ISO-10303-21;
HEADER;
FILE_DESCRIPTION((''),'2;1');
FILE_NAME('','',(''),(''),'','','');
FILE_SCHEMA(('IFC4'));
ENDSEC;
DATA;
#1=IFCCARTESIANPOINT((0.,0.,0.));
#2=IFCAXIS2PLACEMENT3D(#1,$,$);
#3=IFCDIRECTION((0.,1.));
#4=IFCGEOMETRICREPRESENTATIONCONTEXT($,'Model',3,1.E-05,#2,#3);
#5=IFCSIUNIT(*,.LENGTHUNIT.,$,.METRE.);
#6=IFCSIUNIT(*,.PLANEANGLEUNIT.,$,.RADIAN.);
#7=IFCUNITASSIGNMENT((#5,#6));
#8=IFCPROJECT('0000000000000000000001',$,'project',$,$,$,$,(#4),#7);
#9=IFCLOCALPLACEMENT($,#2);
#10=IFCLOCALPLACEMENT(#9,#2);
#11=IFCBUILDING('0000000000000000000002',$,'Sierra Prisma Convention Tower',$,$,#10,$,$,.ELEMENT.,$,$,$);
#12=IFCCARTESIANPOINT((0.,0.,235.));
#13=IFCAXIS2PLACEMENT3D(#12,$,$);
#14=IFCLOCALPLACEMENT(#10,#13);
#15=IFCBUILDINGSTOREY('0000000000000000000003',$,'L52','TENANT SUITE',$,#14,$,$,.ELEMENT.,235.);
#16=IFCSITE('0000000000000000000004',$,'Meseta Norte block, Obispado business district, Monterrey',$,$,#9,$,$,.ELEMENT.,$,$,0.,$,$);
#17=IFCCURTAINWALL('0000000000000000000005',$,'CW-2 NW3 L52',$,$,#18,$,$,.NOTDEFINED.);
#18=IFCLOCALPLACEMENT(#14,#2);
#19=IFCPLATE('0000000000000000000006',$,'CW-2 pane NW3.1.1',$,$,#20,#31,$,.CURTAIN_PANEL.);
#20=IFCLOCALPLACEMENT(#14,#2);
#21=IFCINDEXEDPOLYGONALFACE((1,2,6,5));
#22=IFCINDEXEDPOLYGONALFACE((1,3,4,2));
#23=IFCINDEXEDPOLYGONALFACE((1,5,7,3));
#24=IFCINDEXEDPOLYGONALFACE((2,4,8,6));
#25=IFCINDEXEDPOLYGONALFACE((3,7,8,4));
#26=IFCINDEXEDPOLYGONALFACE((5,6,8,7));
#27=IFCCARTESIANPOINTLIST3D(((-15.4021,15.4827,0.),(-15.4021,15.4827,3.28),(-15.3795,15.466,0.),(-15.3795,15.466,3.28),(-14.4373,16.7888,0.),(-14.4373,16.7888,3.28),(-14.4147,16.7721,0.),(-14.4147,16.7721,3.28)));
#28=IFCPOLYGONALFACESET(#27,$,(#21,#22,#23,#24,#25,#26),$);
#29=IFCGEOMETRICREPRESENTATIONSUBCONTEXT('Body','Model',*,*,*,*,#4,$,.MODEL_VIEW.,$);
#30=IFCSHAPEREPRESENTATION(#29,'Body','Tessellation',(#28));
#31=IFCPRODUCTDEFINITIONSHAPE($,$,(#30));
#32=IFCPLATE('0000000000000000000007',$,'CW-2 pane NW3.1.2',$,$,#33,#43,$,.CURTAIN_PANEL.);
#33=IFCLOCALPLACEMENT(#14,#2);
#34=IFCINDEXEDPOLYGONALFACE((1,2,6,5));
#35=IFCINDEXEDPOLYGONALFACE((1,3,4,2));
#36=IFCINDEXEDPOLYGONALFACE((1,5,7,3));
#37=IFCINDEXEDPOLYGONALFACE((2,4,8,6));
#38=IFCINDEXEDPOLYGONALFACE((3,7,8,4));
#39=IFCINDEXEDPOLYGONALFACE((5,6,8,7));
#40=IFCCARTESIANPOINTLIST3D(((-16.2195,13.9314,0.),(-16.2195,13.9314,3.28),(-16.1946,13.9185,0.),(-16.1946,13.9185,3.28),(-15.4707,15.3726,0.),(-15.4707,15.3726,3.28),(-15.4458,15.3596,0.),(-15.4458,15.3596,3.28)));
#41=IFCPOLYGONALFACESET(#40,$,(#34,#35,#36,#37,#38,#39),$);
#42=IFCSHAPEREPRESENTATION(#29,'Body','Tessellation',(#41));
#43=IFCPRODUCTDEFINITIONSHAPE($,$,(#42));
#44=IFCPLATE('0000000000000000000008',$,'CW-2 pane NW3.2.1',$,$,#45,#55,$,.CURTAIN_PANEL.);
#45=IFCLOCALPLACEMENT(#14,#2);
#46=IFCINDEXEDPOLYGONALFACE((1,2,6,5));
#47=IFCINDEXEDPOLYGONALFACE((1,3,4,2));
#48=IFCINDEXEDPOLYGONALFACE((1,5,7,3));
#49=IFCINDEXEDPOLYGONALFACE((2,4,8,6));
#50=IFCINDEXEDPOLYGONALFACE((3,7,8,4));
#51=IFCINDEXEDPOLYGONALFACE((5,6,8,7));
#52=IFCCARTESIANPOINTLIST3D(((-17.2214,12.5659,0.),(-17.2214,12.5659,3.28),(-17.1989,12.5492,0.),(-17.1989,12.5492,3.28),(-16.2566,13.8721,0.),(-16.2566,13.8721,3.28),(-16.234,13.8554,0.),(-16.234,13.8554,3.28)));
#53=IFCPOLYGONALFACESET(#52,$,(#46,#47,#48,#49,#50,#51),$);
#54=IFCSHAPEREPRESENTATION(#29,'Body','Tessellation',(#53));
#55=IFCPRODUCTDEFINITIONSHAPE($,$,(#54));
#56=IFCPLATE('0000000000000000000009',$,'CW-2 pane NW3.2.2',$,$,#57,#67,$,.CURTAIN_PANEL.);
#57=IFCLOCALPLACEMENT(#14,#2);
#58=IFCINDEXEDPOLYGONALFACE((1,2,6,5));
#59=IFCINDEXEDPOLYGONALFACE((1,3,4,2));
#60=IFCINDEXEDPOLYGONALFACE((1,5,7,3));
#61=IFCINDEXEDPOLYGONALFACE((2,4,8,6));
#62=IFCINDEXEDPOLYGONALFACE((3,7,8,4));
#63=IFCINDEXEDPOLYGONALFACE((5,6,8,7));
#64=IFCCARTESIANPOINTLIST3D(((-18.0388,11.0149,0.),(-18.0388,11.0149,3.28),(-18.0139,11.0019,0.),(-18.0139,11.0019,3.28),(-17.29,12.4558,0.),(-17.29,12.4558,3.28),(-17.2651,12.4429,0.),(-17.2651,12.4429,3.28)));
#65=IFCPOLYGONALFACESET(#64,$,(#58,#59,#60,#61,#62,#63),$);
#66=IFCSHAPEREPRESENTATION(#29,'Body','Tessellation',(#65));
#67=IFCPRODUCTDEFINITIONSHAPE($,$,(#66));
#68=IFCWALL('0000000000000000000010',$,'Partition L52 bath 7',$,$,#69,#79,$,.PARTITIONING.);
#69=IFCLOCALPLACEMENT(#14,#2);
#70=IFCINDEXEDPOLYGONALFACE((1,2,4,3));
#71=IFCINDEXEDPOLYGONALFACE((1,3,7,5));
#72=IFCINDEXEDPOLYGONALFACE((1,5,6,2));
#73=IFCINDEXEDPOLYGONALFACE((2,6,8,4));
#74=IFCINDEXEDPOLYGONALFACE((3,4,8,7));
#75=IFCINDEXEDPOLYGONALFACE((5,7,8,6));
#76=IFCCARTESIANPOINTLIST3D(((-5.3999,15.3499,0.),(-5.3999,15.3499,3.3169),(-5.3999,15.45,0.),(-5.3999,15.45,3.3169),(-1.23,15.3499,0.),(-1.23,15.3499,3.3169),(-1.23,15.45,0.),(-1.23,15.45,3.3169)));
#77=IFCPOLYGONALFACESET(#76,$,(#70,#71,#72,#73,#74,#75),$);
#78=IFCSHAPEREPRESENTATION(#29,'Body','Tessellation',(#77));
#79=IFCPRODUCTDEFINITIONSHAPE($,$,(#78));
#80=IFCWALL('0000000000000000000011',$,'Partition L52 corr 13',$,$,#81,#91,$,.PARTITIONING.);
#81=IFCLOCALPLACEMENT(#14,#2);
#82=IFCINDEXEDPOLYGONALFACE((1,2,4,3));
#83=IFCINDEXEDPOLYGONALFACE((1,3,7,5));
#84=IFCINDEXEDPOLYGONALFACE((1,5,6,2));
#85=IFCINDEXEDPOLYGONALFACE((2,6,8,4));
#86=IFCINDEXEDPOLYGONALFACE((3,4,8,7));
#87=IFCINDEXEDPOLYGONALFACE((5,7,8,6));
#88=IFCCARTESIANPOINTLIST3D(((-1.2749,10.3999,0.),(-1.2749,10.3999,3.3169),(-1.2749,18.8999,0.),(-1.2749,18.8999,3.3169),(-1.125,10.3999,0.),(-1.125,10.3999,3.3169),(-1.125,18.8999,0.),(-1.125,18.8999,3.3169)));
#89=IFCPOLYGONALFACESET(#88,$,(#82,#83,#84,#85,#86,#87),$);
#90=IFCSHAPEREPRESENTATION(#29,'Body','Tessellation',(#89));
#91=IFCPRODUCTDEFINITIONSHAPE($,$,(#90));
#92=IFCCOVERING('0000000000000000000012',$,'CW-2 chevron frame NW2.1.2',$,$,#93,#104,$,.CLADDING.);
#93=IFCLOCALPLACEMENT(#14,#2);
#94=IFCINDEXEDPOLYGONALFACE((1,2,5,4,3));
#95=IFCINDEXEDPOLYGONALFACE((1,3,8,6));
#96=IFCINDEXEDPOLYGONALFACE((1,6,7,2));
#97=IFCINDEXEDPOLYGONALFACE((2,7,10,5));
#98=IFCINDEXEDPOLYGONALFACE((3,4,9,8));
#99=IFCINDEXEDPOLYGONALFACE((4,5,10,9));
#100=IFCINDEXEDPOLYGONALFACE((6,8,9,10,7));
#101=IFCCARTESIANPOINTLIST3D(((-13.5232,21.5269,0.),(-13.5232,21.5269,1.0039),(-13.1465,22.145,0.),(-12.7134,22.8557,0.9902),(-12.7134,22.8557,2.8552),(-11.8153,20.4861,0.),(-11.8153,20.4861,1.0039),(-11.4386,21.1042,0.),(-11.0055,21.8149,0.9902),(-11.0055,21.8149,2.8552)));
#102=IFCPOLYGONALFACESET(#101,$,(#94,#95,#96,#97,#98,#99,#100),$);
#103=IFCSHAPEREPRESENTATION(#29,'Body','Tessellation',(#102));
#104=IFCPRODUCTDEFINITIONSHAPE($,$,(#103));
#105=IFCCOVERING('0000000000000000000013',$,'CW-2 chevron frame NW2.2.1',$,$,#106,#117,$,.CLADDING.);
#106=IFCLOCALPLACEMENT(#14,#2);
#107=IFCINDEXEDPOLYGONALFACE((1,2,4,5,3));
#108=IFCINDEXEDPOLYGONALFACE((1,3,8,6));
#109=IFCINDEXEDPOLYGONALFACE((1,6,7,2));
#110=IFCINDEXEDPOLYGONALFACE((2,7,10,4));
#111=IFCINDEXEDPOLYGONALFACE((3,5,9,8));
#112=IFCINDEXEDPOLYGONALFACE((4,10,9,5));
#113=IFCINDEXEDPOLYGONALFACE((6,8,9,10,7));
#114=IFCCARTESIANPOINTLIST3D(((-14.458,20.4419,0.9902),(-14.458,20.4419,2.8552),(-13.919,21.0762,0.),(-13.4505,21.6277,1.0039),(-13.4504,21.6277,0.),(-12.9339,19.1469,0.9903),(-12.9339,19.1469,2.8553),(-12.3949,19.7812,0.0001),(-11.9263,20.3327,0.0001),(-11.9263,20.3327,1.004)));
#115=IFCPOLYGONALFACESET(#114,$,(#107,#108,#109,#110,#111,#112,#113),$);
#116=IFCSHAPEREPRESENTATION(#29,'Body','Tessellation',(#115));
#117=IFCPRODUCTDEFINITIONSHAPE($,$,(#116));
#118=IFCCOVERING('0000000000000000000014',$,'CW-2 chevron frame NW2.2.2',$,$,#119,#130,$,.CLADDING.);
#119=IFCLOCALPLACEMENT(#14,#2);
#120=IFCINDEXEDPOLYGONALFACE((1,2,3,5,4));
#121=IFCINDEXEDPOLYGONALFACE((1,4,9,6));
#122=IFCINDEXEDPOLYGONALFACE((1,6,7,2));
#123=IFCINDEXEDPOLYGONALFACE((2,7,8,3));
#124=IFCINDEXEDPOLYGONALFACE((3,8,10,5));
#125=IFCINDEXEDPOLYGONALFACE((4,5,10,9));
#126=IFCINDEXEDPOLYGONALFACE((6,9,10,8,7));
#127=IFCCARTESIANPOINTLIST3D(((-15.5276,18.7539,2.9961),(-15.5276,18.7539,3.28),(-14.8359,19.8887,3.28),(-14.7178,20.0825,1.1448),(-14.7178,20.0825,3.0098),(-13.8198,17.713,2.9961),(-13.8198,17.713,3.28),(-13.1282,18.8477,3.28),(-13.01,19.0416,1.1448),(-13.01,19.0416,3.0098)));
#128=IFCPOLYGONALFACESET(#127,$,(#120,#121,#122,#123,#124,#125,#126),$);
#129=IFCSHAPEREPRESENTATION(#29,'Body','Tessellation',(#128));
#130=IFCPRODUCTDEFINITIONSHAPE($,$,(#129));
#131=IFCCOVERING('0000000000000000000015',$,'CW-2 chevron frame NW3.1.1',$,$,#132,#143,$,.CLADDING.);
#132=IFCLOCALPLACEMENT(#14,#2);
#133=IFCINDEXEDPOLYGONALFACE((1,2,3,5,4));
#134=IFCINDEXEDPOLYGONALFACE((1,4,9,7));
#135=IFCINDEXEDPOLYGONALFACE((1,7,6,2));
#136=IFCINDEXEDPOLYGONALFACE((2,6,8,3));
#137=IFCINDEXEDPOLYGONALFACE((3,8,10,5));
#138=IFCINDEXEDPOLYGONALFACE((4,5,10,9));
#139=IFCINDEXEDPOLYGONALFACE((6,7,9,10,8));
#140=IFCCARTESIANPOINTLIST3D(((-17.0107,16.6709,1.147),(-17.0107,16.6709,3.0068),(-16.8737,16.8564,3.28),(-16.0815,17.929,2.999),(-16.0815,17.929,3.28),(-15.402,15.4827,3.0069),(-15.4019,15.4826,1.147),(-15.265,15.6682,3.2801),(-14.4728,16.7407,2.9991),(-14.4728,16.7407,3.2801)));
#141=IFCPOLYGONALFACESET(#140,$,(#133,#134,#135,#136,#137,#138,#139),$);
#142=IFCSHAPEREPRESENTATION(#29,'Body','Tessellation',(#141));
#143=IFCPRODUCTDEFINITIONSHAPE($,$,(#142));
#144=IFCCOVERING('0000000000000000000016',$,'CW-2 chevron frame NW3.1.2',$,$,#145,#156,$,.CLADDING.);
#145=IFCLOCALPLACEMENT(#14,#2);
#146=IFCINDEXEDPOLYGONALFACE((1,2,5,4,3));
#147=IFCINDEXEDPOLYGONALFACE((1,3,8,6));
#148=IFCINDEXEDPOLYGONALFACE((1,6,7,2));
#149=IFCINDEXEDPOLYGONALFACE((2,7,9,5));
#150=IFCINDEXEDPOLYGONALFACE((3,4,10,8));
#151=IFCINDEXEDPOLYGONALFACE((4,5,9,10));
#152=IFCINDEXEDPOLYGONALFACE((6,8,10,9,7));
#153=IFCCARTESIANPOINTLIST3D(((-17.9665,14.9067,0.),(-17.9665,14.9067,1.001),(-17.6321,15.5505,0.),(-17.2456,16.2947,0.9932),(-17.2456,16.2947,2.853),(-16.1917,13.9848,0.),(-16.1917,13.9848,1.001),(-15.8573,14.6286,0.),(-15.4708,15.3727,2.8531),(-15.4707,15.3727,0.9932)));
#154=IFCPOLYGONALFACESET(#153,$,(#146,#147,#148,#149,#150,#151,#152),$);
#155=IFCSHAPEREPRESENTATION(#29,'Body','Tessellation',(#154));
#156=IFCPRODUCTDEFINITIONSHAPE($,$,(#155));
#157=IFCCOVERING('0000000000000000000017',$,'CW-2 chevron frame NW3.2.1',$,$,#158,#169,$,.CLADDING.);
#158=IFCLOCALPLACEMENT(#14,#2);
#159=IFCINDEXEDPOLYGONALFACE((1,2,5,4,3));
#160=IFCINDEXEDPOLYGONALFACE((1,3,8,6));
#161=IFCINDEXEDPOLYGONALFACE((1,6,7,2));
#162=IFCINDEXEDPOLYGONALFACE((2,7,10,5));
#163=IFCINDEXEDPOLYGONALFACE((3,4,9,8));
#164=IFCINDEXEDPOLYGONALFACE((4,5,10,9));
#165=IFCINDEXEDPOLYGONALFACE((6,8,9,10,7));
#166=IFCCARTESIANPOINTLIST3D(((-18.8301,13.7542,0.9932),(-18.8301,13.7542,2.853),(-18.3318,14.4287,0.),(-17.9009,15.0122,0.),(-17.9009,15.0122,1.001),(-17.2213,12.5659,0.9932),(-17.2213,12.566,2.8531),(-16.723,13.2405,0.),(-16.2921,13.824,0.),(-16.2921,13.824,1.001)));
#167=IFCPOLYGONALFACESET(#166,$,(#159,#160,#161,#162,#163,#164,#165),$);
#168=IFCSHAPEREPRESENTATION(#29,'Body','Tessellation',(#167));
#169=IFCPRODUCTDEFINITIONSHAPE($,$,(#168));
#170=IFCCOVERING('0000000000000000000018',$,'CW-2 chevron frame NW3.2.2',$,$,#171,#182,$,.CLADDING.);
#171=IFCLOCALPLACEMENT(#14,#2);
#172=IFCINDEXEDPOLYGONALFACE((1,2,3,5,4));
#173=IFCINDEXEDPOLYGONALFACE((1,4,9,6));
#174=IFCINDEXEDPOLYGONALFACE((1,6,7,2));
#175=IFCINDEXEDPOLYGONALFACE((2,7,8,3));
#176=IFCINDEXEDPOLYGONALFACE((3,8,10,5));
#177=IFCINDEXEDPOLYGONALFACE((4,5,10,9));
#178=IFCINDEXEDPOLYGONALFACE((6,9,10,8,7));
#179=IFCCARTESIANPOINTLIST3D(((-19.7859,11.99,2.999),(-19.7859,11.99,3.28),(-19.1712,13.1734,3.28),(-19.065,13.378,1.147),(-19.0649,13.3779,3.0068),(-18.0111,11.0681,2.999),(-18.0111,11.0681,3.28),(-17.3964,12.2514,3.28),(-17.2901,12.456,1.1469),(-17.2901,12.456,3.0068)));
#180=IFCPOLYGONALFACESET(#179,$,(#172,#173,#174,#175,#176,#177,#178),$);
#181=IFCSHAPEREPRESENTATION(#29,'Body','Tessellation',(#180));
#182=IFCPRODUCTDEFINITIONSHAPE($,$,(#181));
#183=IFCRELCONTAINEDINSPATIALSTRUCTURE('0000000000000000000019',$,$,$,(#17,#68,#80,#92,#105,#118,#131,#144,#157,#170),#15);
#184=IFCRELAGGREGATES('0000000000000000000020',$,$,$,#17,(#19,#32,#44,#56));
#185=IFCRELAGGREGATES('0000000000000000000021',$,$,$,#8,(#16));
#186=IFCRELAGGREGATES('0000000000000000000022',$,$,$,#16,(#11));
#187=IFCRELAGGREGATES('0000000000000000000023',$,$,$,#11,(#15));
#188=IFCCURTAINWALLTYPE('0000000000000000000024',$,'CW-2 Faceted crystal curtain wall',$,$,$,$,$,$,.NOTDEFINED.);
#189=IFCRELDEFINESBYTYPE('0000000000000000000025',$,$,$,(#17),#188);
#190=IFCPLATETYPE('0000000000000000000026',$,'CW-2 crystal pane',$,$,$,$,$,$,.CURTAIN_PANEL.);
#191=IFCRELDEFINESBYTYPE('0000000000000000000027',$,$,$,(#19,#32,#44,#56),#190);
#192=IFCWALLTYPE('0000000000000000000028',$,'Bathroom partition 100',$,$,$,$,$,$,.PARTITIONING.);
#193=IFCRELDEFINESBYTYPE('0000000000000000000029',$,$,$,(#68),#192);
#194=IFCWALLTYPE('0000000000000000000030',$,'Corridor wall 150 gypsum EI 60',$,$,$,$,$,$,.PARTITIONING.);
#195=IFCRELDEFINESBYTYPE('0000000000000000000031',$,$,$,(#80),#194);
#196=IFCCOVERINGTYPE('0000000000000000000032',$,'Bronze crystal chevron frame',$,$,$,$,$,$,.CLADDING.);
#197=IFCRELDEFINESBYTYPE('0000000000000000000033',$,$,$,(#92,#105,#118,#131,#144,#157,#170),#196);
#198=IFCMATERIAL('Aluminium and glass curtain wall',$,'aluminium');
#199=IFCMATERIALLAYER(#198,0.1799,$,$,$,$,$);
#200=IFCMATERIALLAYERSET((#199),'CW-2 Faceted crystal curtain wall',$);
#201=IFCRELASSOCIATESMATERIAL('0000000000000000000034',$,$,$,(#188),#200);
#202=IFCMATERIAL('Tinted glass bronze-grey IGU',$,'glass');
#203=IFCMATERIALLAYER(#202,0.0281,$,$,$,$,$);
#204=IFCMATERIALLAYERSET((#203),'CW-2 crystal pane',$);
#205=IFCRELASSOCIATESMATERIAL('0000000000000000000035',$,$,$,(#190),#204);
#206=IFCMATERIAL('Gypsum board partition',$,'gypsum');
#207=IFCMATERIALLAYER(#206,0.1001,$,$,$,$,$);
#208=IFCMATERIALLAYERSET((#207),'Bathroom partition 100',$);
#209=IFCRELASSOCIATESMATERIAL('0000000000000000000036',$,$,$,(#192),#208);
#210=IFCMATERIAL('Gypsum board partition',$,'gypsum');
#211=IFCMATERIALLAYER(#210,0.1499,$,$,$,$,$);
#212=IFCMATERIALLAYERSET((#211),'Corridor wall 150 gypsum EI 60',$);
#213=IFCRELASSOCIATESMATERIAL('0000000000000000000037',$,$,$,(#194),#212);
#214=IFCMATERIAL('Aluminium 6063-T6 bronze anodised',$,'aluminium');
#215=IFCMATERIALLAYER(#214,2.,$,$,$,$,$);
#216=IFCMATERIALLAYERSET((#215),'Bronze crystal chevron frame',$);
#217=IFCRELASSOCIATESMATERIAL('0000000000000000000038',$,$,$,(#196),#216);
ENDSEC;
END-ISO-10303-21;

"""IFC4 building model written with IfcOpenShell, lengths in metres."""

from ifc_helpers import new_model, si_unit, direction, frame, frame_2d, origin, place, context, subcontext, project, spatial, polyline, rectangle, outline, extrude, material, layer, layer_set, type_object, element, aggregate, save


model = new_model("IFC4")

# Units and contexts
model_context = context("Model", 3, precision=1e-05, world=origin(), true_north=direction((0.0, 1.0)))
body_context = subcontext(model_context, "Body", "Model", "MODEL_VIEW")
ifc_project = project(units=[si_unit("LENGTHUNIT", "METRE"), si_unit("PLANEANGLEUNIT", "RADIAN")], contexts=[model_context])

# Site, building, storey
site_placement = place(None, origin())
site = spatial("IfcSite", under=ifc_project, at=site_placement, Name="Meseta Norte block, Obispado business district, Monterrey", CompositionType="ELEMENT", RefElevation=0.0)
building_placement = place(site_placement, origin())
building = spatial("IfcBuilding", under=site, at=building_placement, Name="Sierra Prisma Convention Tower", CompositionType="ELEMENT")
storey_placement = place(building_placement, frame((0.0, 0.0, 235.0)))
storey = spatial("IfcBuildingStorey", under=building, at=storey_placement, Name="L52", Description="TENANT SUITE", CompositionType="ELEMENT", Elevation=235.0)

# Curtain wall
ifc_material_1 = material(Name="Aluminium and glass curtain wall", Category="aluminium")
ifc_layer_1 = layer(ifc_material_1, 0.1799)
ifc_layer_set_1 = layer_set([ifc_layer_1], Name="CW-2 Faceted crystal curtain wall")
curtain_wall_type = type_object("IfcCurtainWallType", Name="CW-2 Faceted crystal curtain wall", PredefinedType="NOTDEFINED", material=ifc_layer_set_1)
curtain_wall_1_placement = place(storey_placement, origin())
curtain_wall_1 = element("IfcCurtainWall", 1, at=curtain_wall_1_placement, inside=storey, type_object=curtain_wall_type, Name="CW-2 NW3 L52", PredefinedType="NOTDEFINED")

# Plates
ifc_material_2 = material(Name="Tinted glass bronze-grey IGU", Category="glass")
ifc_layer_2 = layer(ifc_material_2, 0.0281)
ifc_layer_set_2 = layer_set([ifc_layer_2], Name="CW-2 crystal pane")
plate_type = type_object("IfcPlateType", Name="CW-2 crystal pane", PredefinedType="CURTAIN_PANEL", material=ifc_layer_set_2)
plate_1_placement = place(storey_placement, frame((-14.4373, 16.7888, 0.0), z_axis=(-0.804345, 0.594163, 0.0), x_axis=(-0.594163, -0.804345, 0.0)))
plate_1 = element("IfcPlate", 2, at=plate_1_placement, type_object=plate_type, Name="CW-2 pane NW3.1.1", PredefinedType="CURTAIN_PANEL", context=body_context, shape_type="SweptSolid", body=[
    extrude(outline(polyline([(0.0, 0.0), (1.6239, 0.0), (1.6239, 3.28), (0.0, 3.28), (0.0, 0.0)])), origin(), (0.0, 0.0, -1.0), 0.0281),
])
plate_2_placement = place(storey_placement, frame((-16.2195, 13.9314, 0.0), z_axis=(-0.887374, 0.46105, 0.0), x_axis=(0.46105, 0.887374, 0.0)))
plate_2 = element("IfcPlate", 3, at=plate_2_placement, type_object=plate_type, Name="CW-2 pane NW3.1.2", PredefinedType="CURTAIN_PANEL", context=body_context, shape_type="SweptSolid", body=[
    extrude(outline(polyline([(0.0, 0.0), (1.6241, 0.0), (1.6241, -3.28), (0.0, -3.28), (0.0, 0.0)])), origin(), (0.0, 0.0, -1.0), 0.0281),
])
plate_3_placement = place(storey_placement, frame((-16.2566, 13.8721, 0.0), z_axis=(-0.804345, 0.594163, 0.0), x_axis=(-0.594163, -0.804345, 0.0)))
plate_3 = element("IfcPlate", 4, at=plate_3_placement, type_object=plate_type, Name="CW-2 pane NW3.2.1", PredefinedType="CURTAIN_PANEL", context=body_context, shape_type="SweptSolid", body=[
    extrude(outline(polyline([(0.0, 0.0), (1.6239, 0.0), (1.6239, 3.28), (0.0, 3.28), (0.0, 0.0)])), origin(), (0.0, 0.0, -1.0), 0.0281),
])
plate_4_placement = place(storey_placement, frame((-18.0388, 11.0149, 0.0), z_axis=(-0.887342, 0.461111, 0.0), x_axis=(0.461111, 0.887342, 0.0)))
plate_4 = element("IfcPlate", 5, at=plate_4_placement, type_object=plate_type, Name="CW-2 pane NW3.2.2", PredefinedType="CURTAIN_PANEL", context=body_context, shape_type="SweptSolid", body=[
    extrude(outline(polyline([(0.0, 0.0), (1.6239, 0.0), (1.6239, -3.28), (0.0, -3.28), (0.0, 0.0)])), origin(), (0.0, 0.0, -1.0), 0.0281),
])
aggregate(curtain_wall_1, [plate_1, plate_2, plate_3, plate_4])

# Walls
ifc_material_3 = material(Name="Gypsum board partition", Category="gypsum")
ifc_layer_3 = layer(ifc_material_3, 0.1001)
ifc_layer_set_3 = layer_set([ifc_layer_3], Name="Bathroom partition 100")
wall_type_1 = type_object("IfcWallType", Name="Bathroom partition 100", PredefinedType="PARTITIONING", material=ifc_layer_set_3)
wall_1_placement = place(storey_placement, frame((-5.3999, 15.3999, 0.0), z_axis=(0.0, 0.0, 1.0), x_axis=(1.0, 0.0, 0.0)))
element("IfcWall", 6, at=wall_1_placement, inside=storey, type_object=wall_type_1, Name="Partition L52 bath 7", PredefinedType="PARTITIONING", context=body_context, shape_type="SweptSolid", body=[
    extrude(rectangle(XDim=4.1699, YDim=0.1001, at=frame_2d((2.085, 0.0))), origin(), (0.0, 0.0, 1.0), 3.3169),
])
ifc_material_4 = material(Name="Gypsum board partition", Category="gypsum")
ifc_layer_4 = layer(ifc_material_4, 0.1499)
ifc_layer_set_4 = layer_set([ifc_layer_4], Name="Corridor wall 150 gypsum EI 60")
wall_type_2 = type_object("IfcWallType", Name="Corridor wall 150 gypsum EI 60", PredefinedType="PARTITIONING", material=ifc_layer_set_4)
wall_2_placement = place(storey_placement, frame((-1.2, 18.8999, 0.0), z_axis=(0.0, 0.0, 1.0), x_axis=(0.0, -1.0, 0.0)))
element("IfcWall", 7, at=wall_2_placement, inside=storey, type_object=wall_type_2, Name="Partition L52 corr 13", PredefinedType="PARTITIONING", context=body_context, shape_type="SweptSolid", body=[
    extrude(rectangle(XDim=8.5, YDim=0.1499, at=frame_2d((4.25, 0.0))), origin(), (0.0, 0.0, 1.0), 3.3169),
])

# Coverings
ifc_material_5 = material(Name="Aluminium 6063-T6 bronze anodised", Category="aluminium")
ifc_layer_5 = layer(ifc_material_5, 2.0)
ifc_layer_set_5 = layer_set([ifc_layer_5], Name="Bronze crystal chevron frame")
covering_type = type_object("IfcCoveringType", Name="Bronze crystal chevron frame", PredefinedType="CLADDING", material=ifc_layer_set_5)
covering_1_placement = place(storey_placement, frame((-12.7134, 22.8557, 2.8552), z_axis=(-0.853929, 0.520389, 0.000001), x_axis=(-0.000001, 0.000001, -1.0)))
element("IfcCovering", 8, at=covering_1_placement, inside=storey, type_object=covering_type, Name="CW-2 chevron frame NW2.1.2", PredefinedType="CLADDING", context=body_context, shape_type="SweptSolid", body=[
    extrude(outline(polyline([(0.0, 0.0), (1.865, 0.0), (2.8552, 0.8323), (2.8552, 1.5562), (1.8513, 1.5562), (0.0, 0.0)])), origin(), (0.0, 0.0, -1.0), 2.0),
])
covering_2_placement = place(storey_placement, frame((-13.4504, 21.6277, 0.0), z_axis=(-0.762063, 0.647503, -0.000027), x_axis=(-0.647503, -0.762063, 0.0)))
element("IfcCovering", 9, at=covering_2_placement, inside=storey, type_object=covering_type, Name="CW-2 chevron frame NW2.2.1", PredefinedType="CLADDING", context=body_context, shape_type="SweptSolid", body=[
    extrude(outline(polyline([(0.0, 0.0), (0.7236, 0.0), (1.5561, 0.9902), (1.5561, 2.8552), (0.0, 1.0039), (0.0, 0.0)])), origin(), (0.0, 0.0, -1.0), 2.0),
])
covering_3_placement = place(storey_placement, frame((-15.5276, 18.7539, 3.28), z_axis=(-0.853887, 0.520459, -0.000004), x_axis=(0.520459, 0.853887, 0.0)))
element("IfcCovering", 10, at=covering_3_placement, inside=storey, type_object=covering_type, Name="CW-2 chevron frame NW2.2.2", PredefinedType="CLADDING", context=body_context, shape_type="SweptSolid", body=[
    extrude(outline(polyline([(0.0, 0.0), (1.3289, 0.0), (1.556, 0.2703), (1.556, 2.1353), (0.0, 0.2839), (0.0, 0.0)])), origin(), (0.0, 0.0, -1.0), 2.0),
])
covering_4_placement = place(storey_placement, frame((-16.0815, 17.929, 3.28), z_axis=(-0.804378, 0.594118, -0.000028), x_axis=(0.000022, -0.000016, -1.0)))
element("IfcCovering", 11, at=covering_4_placement, inside=storey, type_object=covering_type, Name="CW-2 chevron frame NW3.1.1", PredefinedType="CLADDING", context=body_context, shape_type="SweptSolid", body=[
    extrude(outline(polyline([(0.0, 0.0), (0.281, 0.0), (2.1331, 1.564), (0.2732, 1.564), (0.0, 1.3334), (0.0, 0.0)])), origin(), (0.0, 0.0, -1.0), 2.0),
])
covering_5_placement = place(storey_placement, frame((-17.2456, 16.2947, 2.853), z_axis=(-0.887417, 0.460968, -0.000016), x_axis=(0.000014, -0.000007, -1.0)))
element("IfcCovering", 12, at=covering_5_placement, inside=storey, type_object=covering_type, Name="CW-2 chevron frame NW3.1.2", PredefinedType="CLADDING", context=body_context, shape_type="SweptSolid", body=[
    extrude(outline(polyline([(0.0, 0.0), (1.8599, 0.0), (2.853, 0.8385), (2.853, 1.564), (1.8521, 1.564), (0.0, 0.0)])), origin(), (0.0, 0.0, -1.0), 2.0),
])
covering_6_placement = place(storey_placement, frame((-17.9009, 15.0122, 0.0), z_axis=(-0.804386, 0.594107, -0.000015), x_axis=(-0.594107, -0.804386, 0.0)))
element("IfcCovering", 13, at=covering_6_placement, inside=storey, type_object=covering_type, Name="CW-2 chevron frame NW3.2.1", PredefinedType="CLADDING", context=body_context, shape_type="SweptSolid", body=[
    extrude(outline(polyline([(0.0, 0.0), (0.7254, 0.0), (1.564, 0.9932), (1.564, 2.853), (0.0, 1.001), (0.0, 0.0)])), origin(), (0.0, 0.0, -1.0), 2.0),
])
covering_7_placement = place(storey_placement, frame((-19.7859, 11.99, 3.28), z_axis=(-0.887419, 0.460964, 0.000026), x_axis=(0.460964, 0.887419, 0.0)))
element("IfcCovering", 14, at=covering_7_placement, inside=storey, type_object=covering_type, Name="CW-2 chevron frame NW3.2.2", PredefinedType="CLADDING", context=body_context, shape_type="SweptSolid", body=[
    extrude(outline(polyline([(0.0, 0.0), (1.3335, 0.0), (1.564, 0.2732), (1.564, 2.1331), (0.0, 0.281), (0.0, 0.0)])), origin(), (0.0, 0.0, -1.0), 2.0),
])

save(model, "model.ifc")
